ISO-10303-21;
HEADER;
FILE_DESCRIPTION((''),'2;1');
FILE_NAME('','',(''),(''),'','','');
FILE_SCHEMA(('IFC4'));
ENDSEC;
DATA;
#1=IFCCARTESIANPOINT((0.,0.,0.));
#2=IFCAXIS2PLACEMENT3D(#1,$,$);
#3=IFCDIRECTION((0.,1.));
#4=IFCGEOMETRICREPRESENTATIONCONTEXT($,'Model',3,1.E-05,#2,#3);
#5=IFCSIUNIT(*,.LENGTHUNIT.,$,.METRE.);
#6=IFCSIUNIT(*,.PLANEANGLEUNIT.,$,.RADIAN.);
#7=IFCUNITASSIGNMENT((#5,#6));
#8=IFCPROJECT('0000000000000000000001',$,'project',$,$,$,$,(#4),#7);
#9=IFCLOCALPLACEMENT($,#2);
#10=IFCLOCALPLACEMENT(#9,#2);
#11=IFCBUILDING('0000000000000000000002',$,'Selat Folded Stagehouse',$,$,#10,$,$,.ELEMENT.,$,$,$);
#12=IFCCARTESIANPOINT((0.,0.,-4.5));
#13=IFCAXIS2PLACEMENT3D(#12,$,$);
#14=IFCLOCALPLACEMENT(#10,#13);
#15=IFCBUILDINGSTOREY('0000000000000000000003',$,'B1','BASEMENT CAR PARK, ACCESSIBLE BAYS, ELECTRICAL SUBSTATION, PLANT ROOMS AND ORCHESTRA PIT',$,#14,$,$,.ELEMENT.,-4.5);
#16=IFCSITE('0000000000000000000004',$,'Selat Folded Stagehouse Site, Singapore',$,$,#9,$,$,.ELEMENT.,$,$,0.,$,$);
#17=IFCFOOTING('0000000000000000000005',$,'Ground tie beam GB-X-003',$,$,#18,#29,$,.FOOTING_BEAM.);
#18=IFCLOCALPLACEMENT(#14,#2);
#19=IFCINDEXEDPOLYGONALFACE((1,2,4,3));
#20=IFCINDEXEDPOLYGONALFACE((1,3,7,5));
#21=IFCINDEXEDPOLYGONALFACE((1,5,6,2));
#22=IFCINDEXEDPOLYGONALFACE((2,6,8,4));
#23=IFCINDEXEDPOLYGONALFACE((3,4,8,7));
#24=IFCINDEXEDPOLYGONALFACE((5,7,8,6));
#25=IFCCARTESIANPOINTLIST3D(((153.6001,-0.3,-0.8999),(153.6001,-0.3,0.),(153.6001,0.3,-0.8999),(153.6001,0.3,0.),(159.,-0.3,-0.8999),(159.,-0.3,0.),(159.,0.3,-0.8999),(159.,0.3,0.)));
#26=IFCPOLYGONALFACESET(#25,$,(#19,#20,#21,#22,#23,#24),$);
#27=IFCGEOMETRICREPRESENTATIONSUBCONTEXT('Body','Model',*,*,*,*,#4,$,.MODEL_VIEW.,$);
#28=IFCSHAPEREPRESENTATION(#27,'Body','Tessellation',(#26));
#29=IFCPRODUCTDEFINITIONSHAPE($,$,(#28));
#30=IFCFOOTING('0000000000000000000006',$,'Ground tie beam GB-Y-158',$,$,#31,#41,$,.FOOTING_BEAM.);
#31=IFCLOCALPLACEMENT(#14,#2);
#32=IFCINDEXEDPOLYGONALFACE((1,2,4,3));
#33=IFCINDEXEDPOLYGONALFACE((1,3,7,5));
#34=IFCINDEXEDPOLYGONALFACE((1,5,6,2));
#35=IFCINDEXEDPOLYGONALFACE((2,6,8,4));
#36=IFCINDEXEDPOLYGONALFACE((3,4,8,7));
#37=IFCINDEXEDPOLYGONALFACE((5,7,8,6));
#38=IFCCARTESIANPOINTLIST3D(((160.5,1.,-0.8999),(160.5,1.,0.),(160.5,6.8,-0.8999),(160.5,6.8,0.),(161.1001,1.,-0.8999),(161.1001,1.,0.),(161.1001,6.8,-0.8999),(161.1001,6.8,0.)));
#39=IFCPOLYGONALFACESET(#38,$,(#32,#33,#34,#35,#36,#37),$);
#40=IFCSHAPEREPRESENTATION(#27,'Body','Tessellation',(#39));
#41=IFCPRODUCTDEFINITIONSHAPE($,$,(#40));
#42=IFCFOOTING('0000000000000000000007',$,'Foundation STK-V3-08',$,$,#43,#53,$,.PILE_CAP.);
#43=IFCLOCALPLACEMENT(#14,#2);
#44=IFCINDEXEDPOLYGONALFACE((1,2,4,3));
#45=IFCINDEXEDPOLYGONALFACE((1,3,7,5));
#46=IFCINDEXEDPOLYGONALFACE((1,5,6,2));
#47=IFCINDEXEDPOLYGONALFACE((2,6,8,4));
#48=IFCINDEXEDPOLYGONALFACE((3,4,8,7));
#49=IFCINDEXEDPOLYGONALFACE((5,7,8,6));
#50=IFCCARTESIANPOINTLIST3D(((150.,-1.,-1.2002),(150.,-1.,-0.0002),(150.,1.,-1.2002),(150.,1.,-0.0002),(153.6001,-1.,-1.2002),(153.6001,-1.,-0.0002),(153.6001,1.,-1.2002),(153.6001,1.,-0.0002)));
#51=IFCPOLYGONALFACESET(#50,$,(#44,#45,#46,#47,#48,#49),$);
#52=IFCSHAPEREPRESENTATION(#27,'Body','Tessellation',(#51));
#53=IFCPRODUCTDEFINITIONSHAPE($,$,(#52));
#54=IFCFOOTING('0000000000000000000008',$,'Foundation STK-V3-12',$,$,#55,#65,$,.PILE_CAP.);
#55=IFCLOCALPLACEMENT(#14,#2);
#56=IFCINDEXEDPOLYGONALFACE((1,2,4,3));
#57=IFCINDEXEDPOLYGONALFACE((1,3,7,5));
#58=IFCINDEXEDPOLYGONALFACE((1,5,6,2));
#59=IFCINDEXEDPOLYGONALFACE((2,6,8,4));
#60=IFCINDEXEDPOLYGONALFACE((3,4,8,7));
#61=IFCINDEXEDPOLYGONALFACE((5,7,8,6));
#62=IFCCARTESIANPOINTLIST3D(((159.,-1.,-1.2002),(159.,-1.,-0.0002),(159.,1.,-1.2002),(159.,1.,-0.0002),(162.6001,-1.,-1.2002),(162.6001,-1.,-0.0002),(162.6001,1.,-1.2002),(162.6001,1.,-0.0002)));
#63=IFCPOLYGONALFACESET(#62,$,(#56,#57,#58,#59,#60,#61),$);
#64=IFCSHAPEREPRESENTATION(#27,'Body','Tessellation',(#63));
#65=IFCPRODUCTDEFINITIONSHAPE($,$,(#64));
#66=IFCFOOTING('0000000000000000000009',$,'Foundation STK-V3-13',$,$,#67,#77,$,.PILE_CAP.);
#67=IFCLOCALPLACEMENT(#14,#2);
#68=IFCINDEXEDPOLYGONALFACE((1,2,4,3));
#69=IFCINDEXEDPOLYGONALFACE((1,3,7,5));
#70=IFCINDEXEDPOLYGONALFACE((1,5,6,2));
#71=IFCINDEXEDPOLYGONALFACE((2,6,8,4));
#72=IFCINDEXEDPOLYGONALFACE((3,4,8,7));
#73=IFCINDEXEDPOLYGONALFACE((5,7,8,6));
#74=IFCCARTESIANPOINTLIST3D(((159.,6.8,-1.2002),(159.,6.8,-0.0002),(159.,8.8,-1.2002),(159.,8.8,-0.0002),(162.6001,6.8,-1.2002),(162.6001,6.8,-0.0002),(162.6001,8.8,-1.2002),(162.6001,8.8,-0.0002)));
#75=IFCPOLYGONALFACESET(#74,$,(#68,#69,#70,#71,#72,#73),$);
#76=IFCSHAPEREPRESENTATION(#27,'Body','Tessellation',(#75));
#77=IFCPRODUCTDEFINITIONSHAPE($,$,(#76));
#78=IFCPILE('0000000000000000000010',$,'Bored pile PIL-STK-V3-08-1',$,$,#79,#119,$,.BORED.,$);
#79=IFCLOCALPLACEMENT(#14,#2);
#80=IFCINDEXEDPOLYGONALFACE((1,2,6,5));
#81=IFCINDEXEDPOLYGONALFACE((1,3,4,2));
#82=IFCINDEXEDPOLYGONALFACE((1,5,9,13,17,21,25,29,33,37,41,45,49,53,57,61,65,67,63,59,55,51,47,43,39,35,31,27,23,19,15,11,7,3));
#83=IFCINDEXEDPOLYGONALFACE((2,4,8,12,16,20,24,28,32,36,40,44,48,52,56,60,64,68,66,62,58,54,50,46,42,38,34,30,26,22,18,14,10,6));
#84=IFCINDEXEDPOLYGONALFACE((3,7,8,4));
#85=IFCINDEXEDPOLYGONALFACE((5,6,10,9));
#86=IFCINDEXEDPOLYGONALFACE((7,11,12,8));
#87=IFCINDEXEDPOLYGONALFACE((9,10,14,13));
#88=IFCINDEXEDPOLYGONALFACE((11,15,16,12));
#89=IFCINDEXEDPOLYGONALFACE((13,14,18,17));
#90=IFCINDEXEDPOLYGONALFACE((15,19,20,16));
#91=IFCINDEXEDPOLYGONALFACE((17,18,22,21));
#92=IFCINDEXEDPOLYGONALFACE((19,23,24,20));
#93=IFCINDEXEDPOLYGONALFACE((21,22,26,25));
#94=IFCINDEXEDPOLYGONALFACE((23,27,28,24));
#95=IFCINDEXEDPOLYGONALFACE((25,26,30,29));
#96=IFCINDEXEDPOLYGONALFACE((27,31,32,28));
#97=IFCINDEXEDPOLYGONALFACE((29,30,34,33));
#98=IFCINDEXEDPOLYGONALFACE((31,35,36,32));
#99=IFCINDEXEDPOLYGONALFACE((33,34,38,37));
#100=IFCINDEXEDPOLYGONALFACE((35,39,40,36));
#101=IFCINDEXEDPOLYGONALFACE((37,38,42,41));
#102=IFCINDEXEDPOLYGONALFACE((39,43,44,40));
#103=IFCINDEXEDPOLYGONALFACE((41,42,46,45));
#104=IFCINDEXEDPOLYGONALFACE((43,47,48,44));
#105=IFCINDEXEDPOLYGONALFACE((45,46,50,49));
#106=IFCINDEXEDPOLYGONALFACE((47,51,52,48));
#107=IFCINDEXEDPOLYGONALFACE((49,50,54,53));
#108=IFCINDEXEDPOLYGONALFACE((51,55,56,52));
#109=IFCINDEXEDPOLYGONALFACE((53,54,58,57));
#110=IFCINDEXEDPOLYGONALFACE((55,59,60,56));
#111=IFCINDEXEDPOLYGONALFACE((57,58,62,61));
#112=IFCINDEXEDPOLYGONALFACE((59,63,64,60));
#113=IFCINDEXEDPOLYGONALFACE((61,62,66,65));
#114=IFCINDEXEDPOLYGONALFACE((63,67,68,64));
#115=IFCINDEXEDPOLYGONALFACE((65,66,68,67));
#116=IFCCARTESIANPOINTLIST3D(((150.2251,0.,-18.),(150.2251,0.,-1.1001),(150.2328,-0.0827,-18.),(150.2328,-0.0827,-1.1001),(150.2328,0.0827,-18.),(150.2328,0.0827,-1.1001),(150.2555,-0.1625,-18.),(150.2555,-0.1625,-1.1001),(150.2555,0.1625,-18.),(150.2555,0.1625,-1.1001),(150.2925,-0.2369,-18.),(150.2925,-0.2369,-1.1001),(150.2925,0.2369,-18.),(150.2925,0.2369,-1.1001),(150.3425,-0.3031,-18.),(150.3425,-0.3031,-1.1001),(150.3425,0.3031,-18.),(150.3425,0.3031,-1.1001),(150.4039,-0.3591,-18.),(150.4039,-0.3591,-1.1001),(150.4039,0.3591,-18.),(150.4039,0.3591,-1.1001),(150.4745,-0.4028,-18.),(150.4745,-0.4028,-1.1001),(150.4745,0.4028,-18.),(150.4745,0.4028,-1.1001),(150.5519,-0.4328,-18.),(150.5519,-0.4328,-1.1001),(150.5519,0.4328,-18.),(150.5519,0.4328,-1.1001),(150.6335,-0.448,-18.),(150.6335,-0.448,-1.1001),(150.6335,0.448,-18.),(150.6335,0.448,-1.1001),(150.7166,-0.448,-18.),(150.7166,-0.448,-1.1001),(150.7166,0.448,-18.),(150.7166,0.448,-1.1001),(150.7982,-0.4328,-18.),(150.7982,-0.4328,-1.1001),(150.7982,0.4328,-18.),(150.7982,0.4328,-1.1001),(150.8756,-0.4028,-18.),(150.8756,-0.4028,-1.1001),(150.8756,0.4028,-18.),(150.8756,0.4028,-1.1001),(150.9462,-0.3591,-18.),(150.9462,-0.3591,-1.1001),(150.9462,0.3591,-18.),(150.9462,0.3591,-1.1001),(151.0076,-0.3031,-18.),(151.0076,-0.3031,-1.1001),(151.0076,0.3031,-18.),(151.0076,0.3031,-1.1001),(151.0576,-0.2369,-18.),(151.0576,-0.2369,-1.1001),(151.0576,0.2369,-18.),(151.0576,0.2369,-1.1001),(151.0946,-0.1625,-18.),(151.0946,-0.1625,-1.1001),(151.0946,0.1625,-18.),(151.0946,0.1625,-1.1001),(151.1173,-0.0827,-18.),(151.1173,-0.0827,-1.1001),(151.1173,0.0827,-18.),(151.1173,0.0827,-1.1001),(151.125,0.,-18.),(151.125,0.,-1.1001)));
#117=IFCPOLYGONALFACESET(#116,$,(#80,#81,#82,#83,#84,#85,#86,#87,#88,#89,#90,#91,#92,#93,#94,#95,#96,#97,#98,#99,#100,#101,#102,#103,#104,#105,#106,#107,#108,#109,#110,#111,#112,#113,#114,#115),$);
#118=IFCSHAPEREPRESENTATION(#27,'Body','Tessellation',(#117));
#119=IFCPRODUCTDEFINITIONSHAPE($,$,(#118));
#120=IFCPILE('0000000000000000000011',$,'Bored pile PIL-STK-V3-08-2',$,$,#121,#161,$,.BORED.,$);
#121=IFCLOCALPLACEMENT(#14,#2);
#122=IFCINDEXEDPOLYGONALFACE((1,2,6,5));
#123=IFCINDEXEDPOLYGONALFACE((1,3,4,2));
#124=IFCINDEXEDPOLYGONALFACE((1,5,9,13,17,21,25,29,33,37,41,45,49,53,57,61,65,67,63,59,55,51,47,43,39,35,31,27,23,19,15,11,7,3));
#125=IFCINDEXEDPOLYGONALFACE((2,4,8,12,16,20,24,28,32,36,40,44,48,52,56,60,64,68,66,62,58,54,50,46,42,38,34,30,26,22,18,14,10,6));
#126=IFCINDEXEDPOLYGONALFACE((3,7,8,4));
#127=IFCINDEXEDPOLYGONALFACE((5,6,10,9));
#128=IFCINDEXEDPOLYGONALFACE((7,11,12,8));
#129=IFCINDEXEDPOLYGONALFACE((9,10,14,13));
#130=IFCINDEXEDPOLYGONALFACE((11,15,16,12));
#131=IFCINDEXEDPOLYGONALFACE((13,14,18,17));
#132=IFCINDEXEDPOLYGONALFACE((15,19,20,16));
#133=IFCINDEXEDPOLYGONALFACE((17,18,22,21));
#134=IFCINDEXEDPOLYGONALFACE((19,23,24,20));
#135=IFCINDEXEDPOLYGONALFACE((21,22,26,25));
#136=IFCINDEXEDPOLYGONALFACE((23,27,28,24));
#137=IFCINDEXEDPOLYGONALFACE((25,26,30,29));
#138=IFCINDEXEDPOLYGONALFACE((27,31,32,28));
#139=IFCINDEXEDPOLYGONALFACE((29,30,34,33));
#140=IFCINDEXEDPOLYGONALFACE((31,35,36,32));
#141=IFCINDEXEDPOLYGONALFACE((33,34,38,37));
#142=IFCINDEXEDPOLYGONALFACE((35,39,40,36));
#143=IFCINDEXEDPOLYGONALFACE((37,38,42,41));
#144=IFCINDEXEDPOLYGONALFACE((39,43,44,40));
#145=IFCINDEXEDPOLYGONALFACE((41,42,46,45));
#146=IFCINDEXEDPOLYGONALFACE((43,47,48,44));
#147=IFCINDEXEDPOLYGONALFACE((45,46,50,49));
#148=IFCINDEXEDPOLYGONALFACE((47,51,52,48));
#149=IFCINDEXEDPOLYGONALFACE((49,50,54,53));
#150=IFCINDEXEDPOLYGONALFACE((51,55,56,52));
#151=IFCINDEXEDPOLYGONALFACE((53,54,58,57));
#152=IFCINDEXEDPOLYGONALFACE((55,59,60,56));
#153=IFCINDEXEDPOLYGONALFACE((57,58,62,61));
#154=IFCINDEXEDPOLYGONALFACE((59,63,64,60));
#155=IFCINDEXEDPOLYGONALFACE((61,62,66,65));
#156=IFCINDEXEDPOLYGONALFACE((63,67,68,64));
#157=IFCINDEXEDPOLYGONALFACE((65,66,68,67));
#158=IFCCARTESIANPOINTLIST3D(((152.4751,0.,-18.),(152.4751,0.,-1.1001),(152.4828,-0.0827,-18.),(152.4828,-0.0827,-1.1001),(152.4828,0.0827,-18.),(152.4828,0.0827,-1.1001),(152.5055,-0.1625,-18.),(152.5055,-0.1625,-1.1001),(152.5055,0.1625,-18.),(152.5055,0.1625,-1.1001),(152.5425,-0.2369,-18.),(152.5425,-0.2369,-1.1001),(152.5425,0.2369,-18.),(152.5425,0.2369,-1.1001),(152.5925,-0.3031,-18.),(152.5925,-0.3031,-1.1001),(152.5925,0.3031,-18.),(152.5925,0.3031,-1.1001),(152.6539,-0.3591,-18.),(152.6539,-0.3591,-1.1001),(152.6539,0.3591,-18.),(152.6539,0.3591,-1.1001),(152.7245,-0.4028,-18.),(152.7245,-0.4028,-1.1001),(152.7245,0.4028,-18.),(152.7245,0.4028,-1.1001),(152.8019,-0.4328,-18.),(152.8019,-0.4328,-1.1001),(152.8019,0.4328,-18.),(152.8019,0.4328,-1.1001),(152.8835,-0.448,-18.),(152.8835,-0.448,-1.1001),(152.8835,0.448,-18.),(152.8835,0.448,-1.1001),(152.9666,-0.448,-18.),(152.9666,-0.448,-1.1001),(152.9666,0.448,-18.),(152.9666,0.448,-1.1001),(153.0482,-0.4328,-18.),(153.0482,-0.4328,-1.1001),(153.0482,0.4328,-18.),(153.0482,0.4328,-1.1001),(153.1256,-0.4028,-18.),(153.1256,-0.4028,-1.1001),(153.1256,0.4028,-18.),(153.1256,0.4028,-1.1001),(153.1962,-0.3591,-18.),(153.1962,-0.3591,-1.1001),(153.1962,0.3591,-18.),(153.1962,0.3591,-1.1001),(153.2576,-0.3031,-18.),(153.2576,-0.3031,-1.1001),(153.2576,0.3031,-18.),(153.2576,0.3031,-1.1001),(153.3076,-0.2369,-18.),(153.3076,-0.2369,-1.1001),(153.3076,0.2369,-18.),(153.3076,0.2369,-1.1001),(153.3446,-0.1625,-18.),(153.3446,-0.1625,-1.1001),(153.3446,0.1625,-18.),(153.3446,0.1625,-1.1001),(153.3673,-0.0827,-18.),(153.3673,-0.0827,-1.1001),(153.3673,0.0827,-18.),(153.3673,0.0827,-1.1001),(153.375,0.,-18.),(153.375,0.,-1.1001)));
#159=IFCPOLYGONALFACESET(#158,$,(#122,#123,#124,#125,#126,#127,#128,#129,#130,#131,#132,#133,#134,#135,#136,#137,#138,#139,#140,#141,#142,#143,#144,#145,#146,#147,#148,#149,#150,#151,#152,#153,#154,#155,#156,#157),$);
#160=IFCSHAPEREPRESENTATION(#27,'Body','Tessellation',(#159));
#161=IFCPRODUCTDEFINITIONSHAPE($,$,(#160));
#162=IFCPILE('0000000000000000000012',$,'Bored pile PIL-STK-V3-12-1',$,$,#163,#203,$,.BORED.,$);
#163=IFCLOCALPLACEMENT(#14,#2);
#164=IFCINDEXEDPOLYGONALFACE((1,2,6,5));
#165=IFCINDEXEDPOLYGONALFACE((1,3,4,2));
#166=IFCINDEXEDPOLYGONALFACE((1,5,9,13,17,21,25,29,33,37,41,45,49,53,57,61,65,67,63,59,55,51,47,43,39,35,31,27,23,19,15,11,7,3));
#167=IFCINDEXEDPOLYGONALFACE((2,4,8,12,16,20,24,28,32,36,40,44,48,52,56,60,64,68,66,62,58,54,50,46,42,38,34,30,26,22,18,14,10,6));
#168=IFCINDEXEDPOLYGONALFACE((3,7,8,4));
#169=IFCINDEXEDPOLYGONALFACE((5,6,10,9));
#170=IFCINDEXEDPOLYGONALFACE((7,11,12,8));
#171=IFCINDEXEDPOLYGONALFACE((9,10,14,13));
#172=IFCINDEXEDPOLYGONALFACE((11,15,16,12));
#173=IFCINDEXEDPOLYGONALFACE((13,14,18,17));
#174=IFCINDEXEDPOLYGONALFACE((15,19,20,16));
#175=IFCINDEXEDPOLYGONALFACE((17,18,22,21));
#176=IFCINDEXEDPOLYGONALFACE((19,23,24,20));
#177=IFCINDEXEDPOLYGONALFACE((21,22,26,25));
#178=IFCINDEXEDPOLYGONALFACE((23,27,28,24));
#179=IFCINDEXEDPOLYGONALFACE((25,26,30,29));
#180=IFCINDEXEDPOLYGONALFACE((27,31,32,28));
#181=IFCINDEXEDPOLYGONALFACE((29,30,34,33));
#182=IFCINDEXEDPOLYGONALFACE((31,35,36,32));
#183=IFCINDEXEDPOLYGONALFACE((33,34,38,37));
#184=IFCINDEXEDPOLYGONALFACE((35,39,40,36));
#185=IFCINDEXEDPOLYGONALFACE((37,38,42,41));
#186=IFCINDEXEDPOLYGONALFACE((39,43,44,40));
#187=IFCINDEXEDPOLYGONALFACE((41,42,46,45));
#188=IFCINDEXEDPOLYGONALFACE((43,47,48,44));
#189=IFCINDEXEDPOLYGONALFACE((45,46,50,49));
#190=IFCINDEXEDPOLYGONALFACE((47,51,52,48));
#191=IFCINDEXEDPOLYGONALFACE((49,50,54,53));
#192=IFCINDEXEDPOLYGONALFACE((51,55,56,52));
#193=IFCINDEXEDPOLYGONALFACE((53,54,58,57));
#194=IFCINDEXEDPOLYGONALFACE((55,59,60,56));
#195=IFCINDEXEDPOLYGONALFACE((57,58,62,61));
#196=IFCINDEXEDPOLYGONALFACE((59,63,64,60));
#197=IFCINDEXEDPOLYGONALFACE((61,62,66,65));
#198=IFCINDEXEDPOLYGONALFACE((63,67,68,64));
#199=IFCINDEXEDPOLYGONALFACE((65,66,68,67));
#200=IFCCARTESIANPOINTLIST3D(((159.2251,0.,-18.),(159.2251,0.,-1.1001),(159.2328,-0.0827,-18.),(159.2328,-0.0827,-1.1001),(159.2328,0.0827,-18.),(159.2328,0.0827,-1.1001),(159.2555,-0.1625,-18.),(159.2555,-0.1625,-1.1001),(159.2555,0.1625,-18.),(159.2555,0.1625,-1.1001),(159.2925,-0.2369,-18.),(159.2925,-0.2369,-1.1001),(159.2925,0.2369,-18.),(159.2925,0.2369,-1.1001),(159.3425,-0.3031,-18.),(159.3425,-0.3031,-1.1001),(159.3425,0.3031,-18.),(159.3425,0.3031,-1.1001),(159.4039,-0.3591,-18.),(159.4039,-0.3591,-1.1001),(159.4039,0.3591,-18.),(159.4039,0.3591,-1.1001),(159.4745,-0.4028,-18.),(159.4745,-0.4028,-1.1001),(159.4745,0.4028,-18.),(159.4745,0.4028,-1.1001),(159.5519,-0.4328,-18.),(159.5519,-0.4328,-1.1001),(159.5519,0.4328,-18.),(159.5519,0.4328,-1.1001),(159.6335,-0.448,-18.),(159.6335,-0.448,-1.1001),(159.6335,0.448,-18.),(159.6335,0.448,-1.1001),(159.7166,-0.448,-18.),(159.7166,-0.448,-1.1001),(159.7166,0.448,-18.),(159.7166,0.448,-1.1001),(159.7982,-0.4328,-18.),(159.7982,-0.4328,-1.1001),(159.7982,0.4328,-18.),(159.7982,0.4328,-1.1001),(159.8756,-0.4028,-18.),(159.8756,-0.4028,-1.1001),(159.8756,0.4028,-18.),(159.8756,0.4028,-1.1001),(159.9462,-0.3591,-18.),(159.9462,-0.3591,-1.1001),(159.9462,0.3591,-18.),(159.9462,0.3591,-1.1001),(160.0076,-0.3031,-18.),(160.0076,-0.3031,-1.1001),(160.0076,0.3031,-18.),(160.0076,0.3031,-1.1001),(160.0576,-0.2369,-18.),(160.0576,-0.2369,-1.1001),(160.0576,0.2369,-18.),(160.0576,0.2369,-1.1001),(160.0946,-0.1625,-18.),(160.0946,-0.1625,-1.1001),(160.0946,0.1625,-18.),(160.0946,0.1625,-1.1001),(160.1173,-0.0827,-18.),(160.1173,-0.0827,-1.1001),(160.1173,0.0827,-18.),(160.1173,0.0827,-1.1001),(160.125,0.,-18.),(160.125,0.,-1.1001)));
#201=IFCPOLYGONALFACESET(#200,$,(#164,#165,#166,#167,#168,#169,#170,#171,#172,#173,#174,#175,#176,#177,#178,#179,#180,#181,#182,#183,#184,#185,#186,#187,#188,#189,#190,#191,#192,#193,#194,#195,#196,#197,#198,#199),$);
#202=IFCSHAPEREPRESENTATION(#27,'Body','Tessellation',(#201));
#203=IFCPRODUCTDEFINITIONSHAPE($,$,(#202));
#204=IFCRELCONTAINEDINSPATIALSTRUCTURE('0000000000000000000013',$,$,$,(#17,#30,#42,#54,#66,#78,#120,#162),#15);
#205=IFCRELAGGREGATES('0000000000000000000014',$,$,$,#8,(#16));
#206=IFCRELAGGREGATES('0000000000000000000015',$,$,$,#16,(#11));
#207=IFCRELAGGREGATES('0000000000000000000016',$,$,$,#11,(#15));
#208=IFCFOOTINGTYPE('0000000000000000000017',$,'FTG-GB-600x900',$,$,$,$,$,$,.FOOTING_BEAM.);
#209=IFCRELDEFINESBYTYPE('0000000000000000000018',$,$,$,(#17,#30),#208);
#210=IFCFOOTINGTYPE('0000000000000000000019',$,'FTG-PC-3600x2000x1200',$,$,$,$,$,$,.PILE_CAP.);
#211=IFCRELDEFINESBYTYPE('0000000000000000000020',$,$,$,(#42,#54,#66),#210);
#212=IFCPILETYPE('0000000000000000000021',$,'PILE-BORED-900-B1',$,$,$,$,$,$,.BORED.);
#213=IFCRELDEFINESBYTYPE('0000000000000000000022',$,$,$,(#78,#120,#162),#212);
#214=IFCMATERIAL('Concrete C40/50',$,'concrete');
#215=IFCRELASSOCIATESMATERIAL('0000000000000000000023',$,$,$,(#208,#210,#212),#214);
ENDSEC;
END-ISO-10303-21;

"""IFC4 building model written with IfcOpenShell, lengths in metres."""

from ifc_helpers import new_model, si_unit, direction, frame, origin, origin_2d, place, context, subcontext, project, spatial, rectangle, circle, extrude, material, material_profile, profile_set, type_object, element, save


model = new_model("IFC4")

# Units and contexts
model_context = context("Model", 3, precision=1e-05, world=origin(), true_north=direction((0.0, 1.0)))
body_context = subcontext(model_context, "Body", "Model", "MODEL_VIEW")
ifc_project = project(units=[si_unit("LENGTHUNIT", "METRE"), si_unit("PLANEANGLEUNIT", "RADIAN")], contexts=[model_context])

# Site, building, storey
site_placement = place(None, origin())
site = spatial("IfcSite", under=ifc_project, at=site_placement, Name="Selat Folded Stagehouse Site, Singapore", CompositionType="ELEMENT", RefElevation=0.0)
building_placement = place(site_placement, origin())
building = spatial("IfcBuilding", under=site, at=building_placement, Name="Selat Folded Stagehouse", CompositionType="ELEMENT")
storey_placement = place(building_placement, frame((0.0, 0.0, -4.5)))
storey = spatial("IfcBuildingStorey", under=building, at=storey_placement, Name="B1", Description="BASEMENT CAR PARK, ACCESSIBLE BAYS, ELECTRICAL SUBSTATION, PLANT ROOMS AND ORCHESTRA PIT", CompositionType="ELEMENT", Elevation=-4.5)

# Footings
ifc_material_1 = material(Name="Concrete C40/50", Category="concrete")
ifc_material_profile_1 = material_profile(ifc_material_1, rectangle(XDim=0.6001, YDim=0.8999, at=origin_2d()), Name="RC 900x600")
ifc_profile_set_1 = profile_set([ifc_material_profile_1], Name="Concrete C40/50")
footing_type_1 = type_object("IfcFootingType", Name="FTG-GB-600x900", PredefinedType="FOOTING_BEAM", material=ifc_profile_set_1)
footing_1_placement = place(storey_placement, frame((153.6001, 0.0, -0.45), z_axis=(1.0, 0.0, 0.0), x_axis=(0.0, 1.0, 0.0)))
element("IfcFooting", 1, at=footing_1_placement, inside=storey, type_object=footing_type_1, Name="Ground tie beam GB-X-003", PredefinedType="FOOTING_BEAM", context=body_context, shape_type="SweptSolid", body=[
    extrude(rectangle(XDim=0.6001, YDim=0.8999, at=origin_2d()), origin(), (0.0, 0.0, 1.0), 5.3999),
])
footing_2_placement = place(storey_placement, frame((160.8, 1.0, -0.45), z_axis=(0.0, 1.0, 0.0), x_axis=(-1.0, 0.0, 0.0)))
element("IfcFooting", 2, at=footing_2_placement, inside=storey, type_object=footing_type_1, Name="Ground tie beam GB-Y-158", PredefinedType="FOOTING_BEAM", context=body_context, shape_type="SweptSolid", body=[
    extrude(rectangle(XDim=0.6001, YDim=0.8999, at=origin_2d()), origin(), (0.0, 0.0, 1.0), 5.8),
])
footing_type_2 = type_object("IfcFootingType", Name="FTG-PC-3600x2000x1200", PredefinedType="PILE_CAP", material=ifc_material_1)
for number, where, z_axis, x_axis, name in (
    (3, (151.8, 0.0, -1.2002), (0.0, 0.0, 1.0), (1.0, 0.0, 0.0), "Foundation STK-V3-08"),
    (4, (160.8, 0.0, -1.2002), (0.0, 0.0, 1.0), (1.0, 0.0, 0.0), "Foundation STK-V3-12"),
    (5, (160.8, 7.8, -1.2002), (0.0, 0.0, 1.0), (1.0, 0.0, 0.0), "Foundation STK-V3-13"),
):
    element("IfcFooting", number, at=place(storey_placement, frame(where, z_axis=z_axis, x_axis=x_axis)), inside=storey, type_object=footing_type_2, Name=name, PredefinedType="PILE_CAP", context=body_context, shape_type="SweptSolid", body=[
        extrude(rectangle(XDim=3.6001, YDim=2.0, at=origin_2d()), origin(), (0.0, 0.0, 1.0), 1.2),
    ])

# Piles
ifc_material_profile_2 = material_profile(ifc_material_1, circle(Radius=0.45, at=origin_2d()), Name="PILE D900")
ifc_profile_set_2 = profile_set([ifc_material_profile_2], Name="Concrete C40/50")
pile_type = type_object("IfcPileType", Name="PILE-BORED-900-B1", PredefinedType="BORED", material=ifc_profile_set_2)
for number, where, z_axis, x_axis, name in (
    (6, (150.675, 0.0, -1.1001), (0.0, 0.0, -1.0), (1.0, 0.0, 0.0), "Bored pile PIL-STK-V3-08-1"),
    (7, (152.925, 0.0, -1.1001), (0.0, 0.0, -1.0), (1.0, 0.0, 0.0), "Bored pile PIL-STK-V3-08-2"),
    (8, (159.675, 0.0, -1.1001), (0.0, 0.0, -1.0), (1.0, 0.0, 0.0), "Bored pile PIL-STK-V3-12-1"),
):
    element("IfcPile", number, at=place(storey_placement, frame(where, z_axis=z_axis, x_axis=x_axis)), inside=storey, type_object=pile_type, Name=name, PredefinedType="BORED", context=body_context, shape_type="SweptSolid", body=[
        extrude(circle(Radius=0.45, at=origin_2d()), origin(), (0.0, 0.0, 1.0), 16.8999),
    ])

save(model, "model.ifc")
